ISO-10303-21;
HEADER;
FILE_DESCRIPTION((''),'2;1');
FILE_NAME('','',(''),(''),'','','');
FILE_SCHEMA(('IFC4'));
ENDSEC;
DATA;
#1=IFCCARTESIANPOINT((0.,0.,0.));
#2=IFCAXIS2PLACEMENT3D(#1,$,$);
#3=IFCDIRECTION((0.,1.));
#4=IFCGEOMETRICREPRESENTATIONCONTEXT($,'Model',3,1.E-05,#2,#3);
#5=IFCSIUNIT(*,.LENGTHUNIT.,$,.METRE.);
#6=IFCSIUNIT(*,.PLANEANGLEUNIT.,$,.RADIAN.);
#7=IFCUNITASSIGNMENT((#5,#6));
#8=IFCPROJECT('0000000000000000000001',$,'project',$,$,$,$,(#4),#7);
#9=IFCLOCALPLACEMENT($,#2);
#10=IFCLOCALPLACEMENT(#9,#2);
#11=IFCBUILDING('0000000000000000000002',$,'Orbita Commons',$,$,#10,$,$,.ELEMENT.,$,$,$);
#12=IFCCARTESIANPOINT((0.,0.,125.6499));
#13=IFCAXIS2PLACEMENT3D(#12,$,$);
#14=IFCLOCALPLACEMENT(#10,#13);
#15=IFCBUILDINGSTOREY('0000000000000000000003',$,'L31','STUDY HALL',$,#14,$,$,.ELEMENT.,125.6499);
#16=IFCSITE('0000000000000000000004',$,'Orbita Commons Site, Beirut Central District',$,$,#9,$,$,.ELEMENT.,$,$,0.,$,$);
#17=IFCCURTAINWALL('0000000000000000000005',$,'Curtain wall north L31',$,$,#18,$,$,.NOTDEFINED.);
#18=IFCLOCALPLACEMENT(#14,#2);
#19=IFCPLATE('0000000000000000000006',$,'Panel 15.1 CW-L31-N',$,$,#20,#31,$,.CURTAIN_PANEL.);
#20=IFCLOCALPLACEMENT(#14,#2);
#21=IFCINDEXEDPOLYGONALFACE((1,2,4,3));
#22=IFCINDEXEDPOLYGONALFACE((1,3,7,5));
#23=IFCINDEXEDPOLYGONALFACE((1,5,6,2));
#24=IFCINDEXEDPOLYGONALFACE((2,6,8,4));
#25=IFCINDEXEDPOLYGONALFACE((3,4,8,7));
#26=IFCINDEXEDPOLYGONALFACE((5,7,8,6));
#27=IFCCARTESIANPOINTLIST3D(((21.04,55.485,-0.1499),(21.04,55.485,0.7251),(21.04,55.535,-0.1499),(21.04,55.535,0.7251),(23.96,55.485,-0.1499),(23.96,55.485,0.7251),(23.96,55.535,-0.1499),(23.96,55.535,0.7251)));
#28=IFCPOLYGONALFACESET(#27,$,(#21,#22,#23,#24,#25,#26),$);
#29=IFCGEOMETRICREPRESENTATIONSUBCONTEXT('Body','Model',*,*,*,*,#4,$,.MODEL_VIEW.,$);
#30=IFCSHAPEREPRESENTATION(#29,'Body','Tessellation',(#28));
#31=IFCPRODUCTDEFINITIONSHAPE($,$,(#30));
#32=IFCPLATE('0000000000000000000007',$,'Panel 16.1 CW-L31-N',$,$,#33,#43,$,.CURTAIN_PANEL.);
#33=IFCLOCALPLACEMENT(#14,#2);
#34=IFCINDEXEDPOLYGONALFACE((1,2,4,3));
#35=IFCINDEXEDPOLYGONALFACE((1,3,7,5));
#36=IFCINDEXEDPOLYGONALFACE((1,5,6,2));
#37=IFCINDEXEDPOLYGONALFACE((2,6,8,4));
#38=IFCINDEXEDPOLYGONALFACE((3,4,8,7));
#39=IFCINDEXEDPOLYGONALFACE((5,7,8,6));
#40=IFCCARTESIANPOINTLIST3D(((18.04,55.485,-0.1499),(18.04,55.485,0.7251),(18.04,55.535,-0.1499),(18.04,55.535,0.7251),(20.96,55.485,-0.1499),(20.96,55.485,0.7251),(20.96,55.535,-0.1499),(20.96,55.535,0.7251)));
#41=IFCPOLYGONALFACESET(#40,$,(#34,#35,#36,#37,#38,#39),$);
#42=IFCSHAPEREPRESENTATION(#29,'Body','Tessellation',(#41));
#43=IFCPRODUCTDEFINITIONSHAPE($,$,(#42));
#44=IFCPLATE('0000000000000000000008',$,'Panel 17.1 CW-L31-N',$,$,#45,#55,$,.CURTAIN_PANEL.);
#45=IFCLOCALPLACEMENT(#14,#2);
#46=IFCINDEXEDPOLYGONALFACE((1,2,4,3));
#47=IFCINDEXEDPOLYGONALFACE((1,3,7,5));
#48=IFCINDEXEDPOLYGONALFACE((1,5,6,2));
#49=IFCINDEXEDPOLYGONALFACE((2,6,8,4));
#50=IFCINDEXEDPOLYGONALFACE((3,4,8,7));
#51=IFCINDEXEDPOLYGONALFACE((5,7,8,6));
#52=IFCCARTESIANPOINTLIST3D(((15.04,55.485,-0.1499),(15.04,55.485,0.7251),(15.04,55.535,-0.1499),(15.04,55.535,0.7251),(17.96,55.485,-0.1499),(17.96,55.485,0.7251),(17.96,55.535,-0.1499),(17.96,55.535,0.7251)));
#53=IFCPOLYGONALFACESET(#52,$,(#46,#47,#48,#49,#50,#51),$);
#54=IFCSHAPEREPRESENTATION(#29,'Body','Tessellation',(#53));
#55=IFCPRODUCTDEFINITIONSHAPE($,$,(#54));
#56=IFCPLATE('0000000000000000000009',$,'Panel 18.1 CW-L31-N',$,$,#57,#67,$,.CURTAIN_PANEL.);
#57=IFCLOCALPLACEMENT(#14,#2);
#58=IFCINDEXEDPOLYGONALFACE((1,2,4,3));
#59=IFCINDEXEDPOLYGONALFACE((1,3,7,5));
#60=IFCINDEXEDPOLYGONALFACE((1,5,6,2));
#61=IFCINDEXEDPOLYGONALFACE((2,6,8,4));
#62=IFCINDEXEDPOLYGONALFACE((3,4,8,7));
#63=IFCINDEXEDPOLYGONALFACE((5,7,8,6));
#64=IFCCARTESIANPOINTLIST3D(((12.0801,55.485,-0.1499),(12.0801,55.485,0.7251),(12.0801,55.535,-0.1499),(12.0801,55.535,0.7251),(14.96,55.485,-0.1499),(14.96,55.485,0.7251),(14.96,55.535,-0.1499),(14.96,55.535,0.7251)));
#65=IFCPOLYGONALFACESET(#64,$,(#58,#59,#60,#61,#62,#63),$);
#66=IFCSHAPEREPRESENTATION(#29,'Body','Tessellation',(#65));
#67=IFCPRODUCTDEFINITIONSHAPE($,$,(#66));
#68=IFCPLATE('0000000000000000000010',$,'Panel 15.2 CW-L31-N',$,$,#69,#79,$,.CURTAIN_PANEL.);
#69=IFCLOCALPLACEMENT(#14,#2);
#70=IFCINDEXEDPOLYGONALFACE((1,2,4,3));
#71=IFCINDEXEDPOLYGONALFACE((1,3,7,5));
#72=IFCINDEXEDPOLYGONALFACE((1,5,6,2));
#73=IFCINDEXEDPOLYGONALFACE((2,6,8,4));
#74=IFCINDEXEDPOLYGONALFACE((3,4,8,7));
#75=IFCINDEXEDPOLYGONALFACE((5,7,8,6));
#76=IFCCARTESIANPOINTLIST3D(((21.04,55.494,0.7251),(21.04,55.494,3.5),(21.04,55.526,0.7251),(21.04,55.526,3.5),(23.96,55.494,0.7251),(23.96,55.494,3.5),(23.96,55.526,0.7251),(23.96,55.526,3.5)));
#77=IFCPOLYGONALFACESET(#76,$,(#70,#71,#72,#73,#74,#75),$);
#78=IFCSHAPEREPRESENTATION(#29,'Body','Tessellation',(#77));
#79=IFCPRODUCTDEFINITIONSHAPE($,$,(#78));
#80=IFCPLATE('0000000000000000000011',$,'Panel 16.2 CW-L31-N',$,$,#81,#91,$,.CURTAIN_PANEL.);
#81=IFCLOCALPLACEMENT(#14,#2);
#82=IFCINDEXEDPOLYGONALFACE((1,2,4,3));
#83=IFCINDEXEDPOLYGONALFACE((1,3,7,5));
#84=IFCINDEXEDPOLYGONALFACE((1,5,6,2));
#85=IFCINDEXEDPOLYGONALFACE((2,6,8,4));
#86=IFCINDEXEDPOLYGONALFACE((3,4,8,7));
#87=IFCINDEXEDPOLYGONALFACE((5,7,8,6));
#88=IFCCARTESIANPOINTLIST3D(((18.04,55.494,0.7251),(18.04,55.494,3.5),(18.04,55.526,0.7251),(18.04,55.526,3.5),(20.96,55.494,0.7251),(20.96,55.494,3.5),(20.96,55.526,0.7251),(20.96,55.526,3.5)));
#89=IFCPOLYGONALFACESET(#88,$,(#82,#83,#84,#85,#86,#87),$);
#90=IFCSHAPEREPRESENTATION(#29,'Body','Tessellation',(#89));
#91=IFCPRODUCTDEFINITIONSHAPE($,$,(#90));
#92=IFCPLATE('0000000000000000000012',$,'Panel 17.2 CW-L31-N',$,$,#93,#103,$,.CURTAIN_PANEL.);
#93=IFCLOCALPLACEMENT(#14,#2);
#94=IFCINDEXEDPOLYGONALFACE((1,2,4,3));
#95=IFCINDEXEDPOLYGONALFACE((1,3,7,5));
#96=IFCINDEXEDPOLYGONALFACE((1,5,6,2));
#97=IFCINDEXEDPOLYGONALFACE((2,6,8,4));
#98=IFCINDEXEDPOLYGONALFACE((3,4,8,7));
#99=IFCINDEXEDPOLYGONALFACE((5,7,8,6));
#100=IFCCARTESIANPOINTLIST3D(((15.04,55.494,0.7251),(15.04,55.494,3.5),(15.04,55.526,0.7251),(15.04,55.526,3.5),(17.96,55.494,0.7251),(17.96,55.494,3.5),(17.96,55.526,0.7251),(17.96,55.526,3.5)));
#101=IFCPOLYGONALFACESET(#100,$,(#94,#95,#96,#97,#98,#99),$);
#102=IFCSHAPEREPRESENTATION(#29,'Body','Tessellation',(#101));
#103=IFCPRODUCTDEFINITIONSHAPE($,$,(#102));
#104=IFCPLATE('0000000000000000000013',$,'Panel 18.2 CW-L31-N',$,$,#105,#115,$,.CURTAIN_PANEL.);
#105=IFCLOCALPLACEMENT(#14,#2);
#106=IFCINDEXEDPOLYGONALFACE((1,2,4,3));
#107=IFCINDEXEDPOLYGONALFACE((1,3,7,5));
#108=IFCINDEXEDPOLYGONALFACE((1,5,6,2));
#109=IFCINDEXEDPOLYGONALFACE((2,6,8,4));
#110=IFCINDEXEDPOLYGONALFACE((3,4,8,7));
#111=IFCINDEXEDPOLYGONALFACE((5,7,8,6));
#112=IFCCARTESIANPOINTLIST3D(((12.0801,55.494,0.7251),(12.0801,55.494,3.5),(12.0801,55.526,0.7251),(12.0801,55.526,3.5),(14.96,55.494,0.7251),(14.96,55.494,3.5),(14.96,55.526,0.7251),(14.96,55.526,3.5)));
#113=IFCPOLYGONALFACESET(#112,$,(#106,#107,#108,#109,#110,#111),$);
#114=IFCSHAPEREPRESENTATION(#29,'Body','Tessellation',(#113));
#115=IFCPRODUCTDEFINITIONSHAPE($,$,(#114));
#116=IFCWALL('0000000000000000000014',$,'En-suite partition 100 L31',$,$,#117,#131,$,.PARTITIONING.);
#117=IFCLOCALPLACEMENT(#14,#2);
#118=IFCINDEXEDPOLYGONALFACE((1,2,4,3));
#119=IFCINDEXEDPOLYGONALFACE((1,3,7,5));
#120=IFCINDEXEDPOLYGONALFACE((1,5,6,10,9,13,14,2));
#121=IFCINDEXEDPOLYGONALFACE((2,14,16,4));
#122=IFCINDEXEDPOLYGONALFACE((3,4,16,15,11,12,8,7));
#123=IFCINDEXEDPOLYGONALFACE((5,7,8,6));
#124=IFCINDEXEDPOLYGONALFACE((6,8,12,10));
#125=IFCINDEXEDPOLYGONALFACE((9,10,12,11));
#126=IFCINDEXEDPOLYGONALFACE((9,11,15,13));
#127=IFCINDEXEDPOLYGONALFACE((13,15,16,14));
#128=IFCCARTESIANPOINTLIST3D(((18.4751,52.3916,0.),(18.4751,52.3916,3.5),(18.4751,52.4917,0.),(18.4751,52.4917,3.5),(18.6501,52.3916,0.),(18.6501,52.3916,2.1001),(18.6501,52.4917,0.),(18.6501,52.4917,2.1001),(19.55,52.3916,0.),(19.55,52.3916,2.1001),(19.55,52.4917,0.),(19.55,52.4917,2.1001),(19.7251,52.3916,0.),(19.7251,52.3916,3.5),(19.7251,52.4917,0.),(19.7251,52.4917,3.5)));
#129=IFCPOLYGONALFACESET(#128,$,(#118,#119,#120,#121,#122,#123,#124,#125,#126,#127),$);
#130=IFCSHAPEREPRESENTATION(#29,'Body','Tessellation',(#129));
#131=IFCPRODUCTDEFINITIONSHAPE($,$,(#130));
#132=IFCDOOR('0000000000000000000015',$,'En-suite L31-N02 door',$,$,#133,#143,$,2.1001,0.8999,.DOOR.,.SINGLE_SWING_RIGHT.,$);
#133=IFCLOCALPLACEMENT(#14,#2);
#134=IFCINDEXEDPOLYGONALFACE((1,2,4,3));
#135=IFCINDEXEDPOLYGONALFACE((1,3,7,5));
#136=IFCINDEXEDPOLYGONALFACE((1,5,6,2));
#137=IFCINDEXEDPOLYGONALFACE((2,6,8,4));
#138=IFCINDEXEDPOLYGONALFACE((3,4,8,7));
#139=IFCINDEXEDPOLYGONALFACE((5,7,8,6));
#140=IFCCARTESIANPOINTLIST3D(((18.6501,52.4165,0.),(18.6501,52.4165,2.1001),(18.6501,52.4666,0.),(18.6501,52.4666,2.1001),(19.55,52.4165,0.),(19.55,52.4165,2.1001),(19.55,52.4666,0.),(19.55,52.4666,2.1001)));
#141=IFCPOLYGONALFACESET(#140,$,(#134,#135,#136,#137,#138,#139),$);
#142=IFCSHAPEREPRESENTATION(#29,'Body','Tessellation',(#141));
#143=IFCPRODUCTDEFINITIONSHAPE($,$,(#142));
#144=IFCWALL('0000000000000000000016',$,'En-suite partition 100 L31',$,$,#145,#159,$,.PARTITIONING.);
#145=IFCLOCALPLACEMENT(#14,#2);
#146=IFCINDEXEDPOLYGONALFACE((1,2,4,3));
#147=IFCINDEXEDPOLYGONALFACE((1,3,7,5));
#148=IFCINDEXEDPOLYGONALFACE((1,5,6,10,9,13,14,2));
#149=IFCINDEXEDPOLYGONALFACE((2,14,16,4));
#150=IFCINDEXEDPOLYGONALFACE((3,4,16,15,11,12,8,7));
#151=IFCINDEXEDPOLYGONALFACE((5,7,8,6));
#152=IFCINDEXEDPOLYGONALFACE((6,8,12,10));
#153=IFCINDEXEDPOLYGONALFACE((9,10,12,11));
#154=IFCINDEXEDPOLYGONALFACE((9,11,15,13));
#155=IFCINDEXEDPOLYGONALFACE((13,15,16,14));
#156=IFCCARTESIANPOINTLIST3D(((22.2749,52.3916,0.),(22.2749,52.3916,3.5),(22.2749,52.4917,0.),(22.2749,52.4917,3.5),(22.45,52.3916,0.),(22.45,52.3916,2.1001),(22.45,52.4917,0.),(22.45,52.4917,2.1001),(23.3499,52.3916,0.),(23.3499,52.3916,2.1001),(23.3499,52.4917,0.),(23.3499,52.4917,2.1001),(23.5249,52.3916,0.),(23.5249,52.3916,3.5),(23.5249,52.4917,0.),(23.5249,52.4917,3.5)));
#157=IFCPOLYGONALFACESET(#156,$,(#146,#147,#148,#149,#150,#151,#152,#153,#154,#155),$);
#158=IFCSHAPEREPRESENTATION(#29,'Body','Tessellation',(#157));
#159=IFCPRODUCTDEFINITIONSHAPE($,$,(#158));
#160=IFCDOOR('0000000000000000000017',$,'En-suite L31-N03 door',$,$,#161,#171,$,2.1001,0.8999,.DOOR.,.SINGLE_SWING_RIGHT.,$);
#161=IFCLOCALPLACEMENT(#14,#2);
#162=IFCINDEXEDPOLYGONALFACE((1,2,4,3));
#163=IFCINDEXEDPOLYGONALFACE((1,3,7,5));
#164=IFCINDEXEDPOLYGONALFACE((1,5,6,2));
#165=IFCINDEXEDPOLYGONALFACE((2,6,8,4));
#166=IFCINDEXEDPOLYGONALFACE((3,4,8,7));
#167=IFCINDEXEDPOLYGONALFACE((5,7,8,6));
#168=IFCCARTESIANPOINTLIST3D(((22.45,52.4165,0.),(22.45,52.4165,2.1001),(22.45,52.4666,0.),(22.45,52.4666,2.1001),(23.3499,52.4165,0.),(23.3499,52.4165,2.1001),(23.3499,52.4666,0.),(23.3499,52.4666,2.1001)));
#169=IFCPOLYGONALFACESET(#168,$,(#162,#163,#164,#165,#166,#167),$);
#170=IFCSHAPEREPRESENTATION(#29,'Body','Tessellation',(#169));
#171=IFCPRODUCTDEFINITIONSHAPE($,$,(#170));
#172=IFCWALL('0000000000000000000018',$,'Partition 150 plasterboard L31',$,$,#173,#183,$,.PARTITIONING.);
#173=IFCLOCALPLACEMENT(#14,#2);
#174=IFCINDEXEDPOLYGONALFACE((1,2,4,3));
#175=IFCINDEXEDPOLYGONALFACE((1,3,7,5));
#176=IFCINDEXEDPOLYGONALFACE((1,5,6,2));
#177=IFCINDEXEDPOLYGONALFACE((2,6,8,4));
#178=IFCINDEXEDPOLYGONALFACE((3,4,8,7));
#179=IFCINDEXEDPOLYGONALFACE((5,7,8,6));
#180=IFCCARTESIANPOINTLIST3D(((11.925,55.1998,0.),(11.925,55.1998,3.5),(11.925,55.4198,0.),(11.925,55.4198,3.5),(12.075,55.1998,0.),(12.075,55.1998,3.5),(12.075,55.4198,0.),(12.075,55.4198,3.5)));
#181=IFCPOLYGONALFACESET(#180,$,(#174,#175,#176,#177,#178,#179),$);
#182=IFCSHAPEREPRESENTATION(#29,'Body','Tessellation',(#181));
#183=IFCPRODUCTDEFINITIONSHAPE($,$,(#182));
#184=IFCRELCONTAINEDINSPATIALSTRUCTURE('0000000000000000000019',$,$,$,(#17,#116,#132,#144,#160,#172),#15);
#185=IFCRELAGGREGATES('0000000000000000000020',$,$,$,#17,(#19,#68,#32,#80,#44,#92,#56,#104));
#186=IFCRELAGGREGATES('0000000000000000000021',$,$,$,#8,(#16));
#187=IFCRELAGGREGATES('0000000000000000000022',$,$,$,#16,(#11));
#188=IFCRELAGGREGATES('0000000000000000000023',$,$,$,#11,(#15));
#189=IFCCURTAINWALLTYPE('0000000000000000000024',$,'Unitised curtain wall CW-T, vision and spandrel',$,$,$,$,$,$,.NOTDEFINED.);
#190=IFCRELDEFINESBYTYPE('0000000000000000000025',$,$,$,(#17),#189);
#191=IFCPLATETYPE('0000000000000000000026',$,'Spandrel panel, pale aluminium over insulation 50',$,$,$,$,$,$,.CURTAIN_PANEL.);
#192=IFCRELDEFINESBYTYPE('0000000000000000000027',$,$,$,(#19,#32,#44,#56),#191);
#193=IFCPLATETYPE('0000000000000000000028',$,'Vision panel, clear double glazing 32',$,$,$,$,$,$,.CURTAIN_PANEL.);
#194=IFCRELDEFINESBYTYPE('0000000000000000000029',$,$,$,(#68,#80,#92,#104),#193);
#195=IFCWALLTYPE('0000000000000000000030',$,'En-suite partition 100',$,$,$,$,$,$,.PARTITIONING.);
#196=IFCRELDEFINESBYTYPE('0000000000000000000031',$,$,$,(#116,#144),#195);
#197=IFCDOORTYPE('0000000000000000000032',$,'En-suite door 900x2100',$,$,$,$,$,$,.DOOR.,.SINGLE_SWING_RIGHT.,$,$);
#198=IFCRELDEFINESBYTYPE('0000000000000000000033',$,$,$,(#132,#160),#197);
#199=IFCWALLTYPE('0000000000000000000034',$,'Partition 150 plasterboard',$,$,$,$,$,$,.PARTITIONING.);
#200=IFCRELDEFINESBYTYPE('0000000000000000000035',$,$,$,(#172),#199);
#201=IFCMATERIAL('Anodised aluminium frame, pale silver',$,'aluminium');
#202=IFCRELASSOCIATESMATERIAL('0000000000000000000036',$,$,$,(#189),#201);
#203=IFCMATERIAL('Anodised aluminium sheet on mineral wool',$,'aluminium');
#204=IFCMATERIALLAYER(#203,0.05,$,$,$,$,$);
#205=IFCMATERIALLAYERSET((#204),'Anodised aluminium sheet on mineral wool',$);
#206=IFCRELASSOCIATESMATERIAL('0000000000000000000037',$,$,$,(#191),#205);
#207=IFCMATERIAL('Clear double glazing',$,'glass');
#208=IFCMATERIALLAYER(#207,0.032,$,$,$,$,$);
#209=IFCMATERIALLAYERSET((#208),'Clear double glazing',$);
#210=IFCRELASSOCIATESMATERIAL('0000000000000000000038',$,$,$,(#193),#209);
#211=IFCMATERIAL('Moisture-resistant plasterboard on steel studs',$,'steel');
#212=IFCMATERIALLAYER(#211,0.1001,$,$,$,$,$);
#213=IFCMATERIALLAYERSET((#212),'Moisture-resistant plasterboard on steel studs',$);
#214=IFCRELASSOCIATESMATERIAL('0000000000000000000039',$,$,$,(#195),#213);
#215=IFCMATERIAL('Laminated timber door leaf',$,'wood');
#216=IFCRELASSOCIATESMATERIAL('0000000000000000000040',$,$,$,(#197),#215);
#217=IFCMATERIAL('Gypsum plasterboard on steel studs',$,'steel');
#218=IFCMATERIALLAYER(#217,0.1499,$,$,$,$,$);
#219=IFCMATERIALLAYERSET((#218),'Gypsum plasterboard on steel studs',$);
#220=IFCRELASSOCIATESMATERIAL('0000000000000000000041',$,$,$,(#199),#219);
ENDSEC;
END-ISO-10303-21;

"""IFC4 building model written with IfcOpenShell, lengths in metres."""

from ifc_helpers import new_model, si_unit, direction, frame, frame_2d, origin, origin_2d, place, context, subcontext, project, spatial, rectangle, extrude, material, layer, layer_set, type_object, element, fill, aggregate, save


model = new_model("IFC4")

# Units and contexts
model_context = context("Model", 3, precision=1e-05, world=origin(), true_north=direction((0.0, 1.0)))
body_context = subcontext(model_context, "Body", "Model", "MODEL_VIEW")
ifc_project = project(units=[si_unit("LENGTHUNIT", "METRE"), si_unit("PLANEANGLEUNIT", "RADIAN")], contexts=[model_context])

# Site, building, storey
site_placement = place(None, origin())
site = spatial("IfcSite", under=ifc_project, at=site_placement, Name="Orbita Commons Site, Beirut Central District", CompositionType="ELEMENT", RefElevation=0.0)
building_placement = place(site_placement, origin())
building = spatial("IfcBuilding", under=site, at=building_placement, Name="Orbita Commons", CompositionType="ELEMENT")
storey_placement = place(building_placement, frame((0.0, 0.0, 125.6499)))
storey = spatial("IfcBuildingStorey", under=building, at=storey_placement, Name="L31", Description="STUDY HALL", CompositionType="ELEMENT", Elevation=125.6499)

# Curtain wall
ifc_material_1 = material(Name="Anodised aluminium frame, pale silver", Category="aluminium")
curtain_wall_type = type_object("IfcCurtainWallType", Name="Unitised curtain wall CW-T, vision and spandrel", PredefinedType="NOTDEFINED", material=ifc_material_1)
curtain_wall_placement = place(storey_placement, origin())
curtain_wall = element("IfcCurtainWall", 1, at=curtain_wall_placement, inside=storey, type_object=curtain_wall_type, Name="Curtain wall north L31", PredefinedType="NOTDEFINED")

# Plates
ifc_material_2 = material(Name="Anodised aluminium sheet on mineral wool", Category="aluminium")
ifc_layer_1 = layer(ifc_material_2, 0.05)
ifc_layer_set_1 = layer_set([ifc_layer_1], Name="Anodised aluminium sheet on mineral wool")
plate_type_1 = type_object("IfcPlateType", Name="Spandrel panel, pale aluminium over insulation 50", PredefinedType="CURTAIN_PANEL", material=ifc_layer_set_1)
plate_1_placement = place(storey_placement, frame((22.5, 55.51, -0.1499), z_axis=(0.0, 0.0, 1.0), x_axis=(-1.0, 0.0, 0.0)))
plate_1 = element("IfcPlate", 2, at=plate_1_placement, type_object=plate_type_1, Name="Panel 15.1 CW-L31-N", PredefinedType="CURTAIN_PANEL", context=body_context, shape_type="SweptSolid", body=[
    extrude(rectangle(XDim=2.9199, YDim=0.05, at=origin_2d()), origin(), (0.0, 0.0, 1.0), 0.875),
])
plate_2_placement = place(storey_placement, frame((19.5, 55.51, -0.1499), z_axis=(0.0, 0.0, 1.0), x_axis=(-1.0, 0.0, 0.0)))
plate_2 = element("IfcPlate", 3, at=plate_2_placement, type_object=plate_type_1, Name="Panel 16.1 CW-L31-N", PredefinedType="CURTAIN_PANEL", context=body_context, shape_type="SweptSolid", body=[
    extrude(rectangle(XDim=2.9199, YDim=0.05, at=origin_2d()), origin(), (0.0, 0.0, 1.0), 0.875),
])
plate_3_placement = place(storey_placement, frame((16.5, 55.51, -0.1499), z_axis=(0.0, 0.0, 1.0), x_axis=(-1.0, 0.0, 0.0)))
plate_3 = element("IfcPlate", 4, at=plate_3_placement, type_object=plate_type_1, Name="Panel 17.1 CW-L31-N", PredefinedType="CURTAIN_PANEL", context=body_context, shape_type="SweptSolid", body=[
    extrude(rectangle(XDim=2.9199, YDim=0.05, at=origin_2d()), origin(), (0.0, 0.0, 1.0), 0.875),
])
plate_4_placement = place(storey_placement, frame((13.52, 55.51, -0.1499), z_axis=(0.0, 0.0, 1.0), x_axis=(-1.0, 0.0, 0.0)))
plate_4 = element("IfcPlate", 5, at=plate_4_placement, type_object=plate_type_1, Name="Panel 18.1 CW-L31-N", PredefinedType="CURTAIN_PANEL", context=body_context, shape_type="SweptSolid", body=[
    extrude(rectangle(XDim=2.8799, YDim=0.05, at=origin_2d()), origin(), (0.0, 0.0, 1.0), 0.875),
])
ifc_material_3 = material(Name="Clear double glazing", Category="glass")
ifc_layer_2 = layer(ifc_material_3, 0.032)
ifc_layer_set_2 = layer_set([ifc_layer_2], Name="Clear double glazing")
plate_type_2 = type_object("IfcPlateType", Name="Vision panel, clear double glazing 32", PredefinedType="CURTAIN_PANEL", material=ifc_layer_set_2)
plate_5_placement = place(storey_placement, frame((22.5, 55.51, 0.7251), z_axis=(0.0, 0.0, 1.0), x_axis=(-1.0, 0.0, 0.0)))
plate_5 = element("IfcPlate", 6, at=plate_5_placement, type_object=plate_type_2, Name="Panel 15.2 CW-L31-N", PredefinedType="CURTAIN_PANEL", context=body_context, shape_type="SweptSolid", body=[
    extrude(rectangle(XDim=2.9199, YDim=0.032, at=origin_2d()), origin(), (0.0, 0.0, 1.0), 2.7749),
])
plate_6_placement = place(storey_placement, frame((19.5, 55.51, 0.7251), z_axis=(0.0, 0.0, 1.0), x_axis=(-1.0, 0.0, 0.0)))
plate_6 = element("IfcPlate", 7, at=plate_6_placement, type_object=plate_type_2, Name="Panel 16.2 CW-L31-N", PredefinedType="CURTAIN_PANEL", context=body_context, shape_type="SweptSolid", body=[
    extrude(rectangle(XDim=2.9199, YDim=0.032, at=origin_2d()), origin(), (0.0, 0.0, 1.0), 2.7749),
])
plate_7_placement = place(storey_placement, frame((16.5, 55.51, 0.7251), z_axis=(0.0, 0.0, 1.0), x_axis=(-1.0, 0.0, 0.0)))
plate_7 = element("IfcPlate", 8, at=plate_7_placement, type_object=plate_type_2, Name="Panel 17.2 CW-L31-N", PredefinedType="CURTAIN_PANEL", context=body_context, shape_type="SweptSolid", body=[
    extrude(rectangle(XDim=2.9199, YDim=0.032, at=origin_2d()), origin(), (0.0, 0.0, 1.0), 2.7749),
])
plate_8_placement = place(storey_placement, frame((13.52, 55.51, 0.7251), z_axis=(0.0, 0.0, 1.0), x_axis=(-1.0, 0.0, 0.0)))
plate_8 = element("IfcPlate", 9, at=plate_8_placement, type_object=plate_type_2, Name="Panel 18.2 CW-L31-N", PredefinedType="CURTAIN_PANEL", context=body_context, shape_type="SweptSolid", body=[
    extrude(rectangle(XDim=2.8799, YDim=0.032, at=origin_2d()), origin(), (0.0, 0.0, 1.0), 2.7749),
])
aggregate(curtain_wall, [plate_1, plate_5, plate_2, plate_6, plate_3, plate_7, plate_4, plate_8])

# Walls, openings, doors
ifc_material_4 = material(Name="Moisture-resistant plasterboard on steel studs", Category="steel")
ifc_layer_3 = layer(ifc_material_4, 0.1001)
ifc_layer_set_3 = layer_set([ifc_layer_3], Name="Moisture-resistant plasterboard on steel studs")
wall_type_1 = type_object("IfcWallType", Name="En-suite partition 100", PredefinedType="PARTITIONING", material=ifc_layer_set_3)
wall_1_placement = place(storey_placement, frame((18.4751, 52.4417, 0.0), z_axis=(0.0, 0.0, 1.0), x_axis=(1.0, 0.0, 0.0)))
wall_1 = element("IfcWall", 10, at=wall_1_placement, inside=storey, type_object=wall_type_1, Name="En-suite partition 100 L31", PredefinedType="PARTITIONING", context=body_context, shape_type="SweptSolid", body=[
    extrude(rectangle(XDim=1.25, YDim=0.1001, at=frame_2d((0.625, 0.0))), origin(), (0.0, 0.0, 1.0), 3.5),
])
opening_1_placement = place(wall_1_placement, frame((0.175, 0.0, 0.0)))
opening_1 = element("IfcOpeningElement", 11, at=opening_1_placement, cuts=wall_1, PredefinedType="OPENING", context=body_context, shape_type="SweptSolid", body=[
    extrude(rectangle(XDim=0.8999, YDim=2.1001, at=frame_2d((0.45, 1.05))), frame((0.0, 0.0601, 0.0), z_axis=(0.0, -1.0, 0.0), x_axis=(1.0, 0.0, 0.0)), (0.0, 0.0, 1.0), 0.1201),
])
ifc_material_5 = material(Name="Laminated timber door leaf", Category="wood")
door_type = type_object("IfcDoorType", Name="En-suite door 900x2100", OperationType="SINGLE_SWING_RIGHT", PredefinedType="DOOR", material=ifc_material_5)
door_1_placement = place(opening_1_placement, origin())
door_1 = element("IfcDoor", 12, at=door_1_placement, inside=storey, type_object=door_type, Name="En-suite L31-N02 door", OperationType="SINGLE_SWING_RIGHT", OverallHeight=2.1001, OverallWidth=0.8999, PredefinedType="DOOR", context=body_context, shape_type="SweptSolid", body=[
    extrude(rectangle(XDim=0.8999, YDim=2.1001, at=frame_2d((0.45, 1.05))), frame((0.0, 0.0249, 0.0), z_axis=(0.0, -1.0, 0.0), x_axis=(1.0, 0.0, 0.0)), (0.0, 0.0, 1.0), 0.05),
])
fill(opening_1, door_1)
wall_2_placement = place(storey_placement, frame((22.2749, 52.4417, 0.0), z_axis=(0.0, 0.0, 1.0), x_axis=(1.0, 0.0, 0.0)))
wall_2 = element("IfcWall", 13, at=wall_2_placement, inside=storey, type_object=wall_type_1, Name="En-suite partition 100 L31", PredefinedType="PARTITIONING", context=body_context, shape_type="SweptSolid", body=[
    extrude(rectangle(XDim=1.25, YDim=0.1001, at=frame_2d((0.625, 0.0))), origin(), (0.0, 0.0, 1.0), 3.5),
])
opening_2_placement = place(wall_2_placement, frame((0.175, 0.0, 0.0)))
opening_2 = element("IfcOpeningElement", 14, at=opening_2_placement, cuts=wall_2, PredefinedType="OPENING", context=body_context, shape_type="SweptSolid", body=[
    extrude(rectangle(XDim=0.8999, YDim=2.1001, at=frame_2d((0.45, 1.05))), frame((0.0, 0.0601, 0.0), z_axis=(0.0, -1.0, 0.0), x_axis=(1.0, 0.0, 0.0)), (0.0, 0.0, 1.0), 0.1201),
])
door_2_placement = place(opening_2_placement, origin())
door_2 = element("IfcDoor", 15, at=door_2_placement, inside=storey, type_object=door_type, Name="En-suite L31-N03 door", OperationType="SINGLE_SWING_RIGHT", OverallHeight=2.1001, OverallWidth=0.8999, PredefinedType="DOOR", context=body_context, shape_type="SweptSolid", body=[
    extrude(rectangle(XDim=0.8999, YDim=2.1001, at=frame_2d((0.45, 1.05))), frame((0.0, 0.0249, 0.0), z_axis=(0.0, -1.0, 0.0), x_axis=(1.0, 0.0, 0.0)), (0.0, 0.0, 1.0), 0.05),
])
fill(opening_2, door_2)

# Wall
ifc_material_6 = material(Name="Gypsum plasterboard on steel studs", Category="steel")
ifc_layer_4 = layer(ifc_material_6, 0.1499)
ifc_layer_set_4 = layer_set([ifc_layer_4], Name="Gypsum plasterboard on steel studs")
wall_type_2 = type_object("IfcWallType", Name="Partition 150 plasterboard", PredefinedType="PARTITIONING", material=ifc_layer_set_4)
wall_3_placement = place(storey_placement, frame((12.0, 55.2, 0.0), z_axis=(0.0, 0.0, 1.0), x_axis=(0.0, 1.0, 0.0)))
element("IfcWall", 16, at=wall_3_placement, inside=storey, type_object=wall_type_2, Name="Partition 150 plasterboard L31", PredefinedType="PARTITIONING", context=body_context, shape_type="SweptSolid", body=[
    extrude(rectangle(XDim=0.22, YDim=0.1499, at=frame_2d((0.1099, 0.0))), origin(), (0.0, 0.0, 1.0), 3.5),
])

save(model, "model.ifc")
